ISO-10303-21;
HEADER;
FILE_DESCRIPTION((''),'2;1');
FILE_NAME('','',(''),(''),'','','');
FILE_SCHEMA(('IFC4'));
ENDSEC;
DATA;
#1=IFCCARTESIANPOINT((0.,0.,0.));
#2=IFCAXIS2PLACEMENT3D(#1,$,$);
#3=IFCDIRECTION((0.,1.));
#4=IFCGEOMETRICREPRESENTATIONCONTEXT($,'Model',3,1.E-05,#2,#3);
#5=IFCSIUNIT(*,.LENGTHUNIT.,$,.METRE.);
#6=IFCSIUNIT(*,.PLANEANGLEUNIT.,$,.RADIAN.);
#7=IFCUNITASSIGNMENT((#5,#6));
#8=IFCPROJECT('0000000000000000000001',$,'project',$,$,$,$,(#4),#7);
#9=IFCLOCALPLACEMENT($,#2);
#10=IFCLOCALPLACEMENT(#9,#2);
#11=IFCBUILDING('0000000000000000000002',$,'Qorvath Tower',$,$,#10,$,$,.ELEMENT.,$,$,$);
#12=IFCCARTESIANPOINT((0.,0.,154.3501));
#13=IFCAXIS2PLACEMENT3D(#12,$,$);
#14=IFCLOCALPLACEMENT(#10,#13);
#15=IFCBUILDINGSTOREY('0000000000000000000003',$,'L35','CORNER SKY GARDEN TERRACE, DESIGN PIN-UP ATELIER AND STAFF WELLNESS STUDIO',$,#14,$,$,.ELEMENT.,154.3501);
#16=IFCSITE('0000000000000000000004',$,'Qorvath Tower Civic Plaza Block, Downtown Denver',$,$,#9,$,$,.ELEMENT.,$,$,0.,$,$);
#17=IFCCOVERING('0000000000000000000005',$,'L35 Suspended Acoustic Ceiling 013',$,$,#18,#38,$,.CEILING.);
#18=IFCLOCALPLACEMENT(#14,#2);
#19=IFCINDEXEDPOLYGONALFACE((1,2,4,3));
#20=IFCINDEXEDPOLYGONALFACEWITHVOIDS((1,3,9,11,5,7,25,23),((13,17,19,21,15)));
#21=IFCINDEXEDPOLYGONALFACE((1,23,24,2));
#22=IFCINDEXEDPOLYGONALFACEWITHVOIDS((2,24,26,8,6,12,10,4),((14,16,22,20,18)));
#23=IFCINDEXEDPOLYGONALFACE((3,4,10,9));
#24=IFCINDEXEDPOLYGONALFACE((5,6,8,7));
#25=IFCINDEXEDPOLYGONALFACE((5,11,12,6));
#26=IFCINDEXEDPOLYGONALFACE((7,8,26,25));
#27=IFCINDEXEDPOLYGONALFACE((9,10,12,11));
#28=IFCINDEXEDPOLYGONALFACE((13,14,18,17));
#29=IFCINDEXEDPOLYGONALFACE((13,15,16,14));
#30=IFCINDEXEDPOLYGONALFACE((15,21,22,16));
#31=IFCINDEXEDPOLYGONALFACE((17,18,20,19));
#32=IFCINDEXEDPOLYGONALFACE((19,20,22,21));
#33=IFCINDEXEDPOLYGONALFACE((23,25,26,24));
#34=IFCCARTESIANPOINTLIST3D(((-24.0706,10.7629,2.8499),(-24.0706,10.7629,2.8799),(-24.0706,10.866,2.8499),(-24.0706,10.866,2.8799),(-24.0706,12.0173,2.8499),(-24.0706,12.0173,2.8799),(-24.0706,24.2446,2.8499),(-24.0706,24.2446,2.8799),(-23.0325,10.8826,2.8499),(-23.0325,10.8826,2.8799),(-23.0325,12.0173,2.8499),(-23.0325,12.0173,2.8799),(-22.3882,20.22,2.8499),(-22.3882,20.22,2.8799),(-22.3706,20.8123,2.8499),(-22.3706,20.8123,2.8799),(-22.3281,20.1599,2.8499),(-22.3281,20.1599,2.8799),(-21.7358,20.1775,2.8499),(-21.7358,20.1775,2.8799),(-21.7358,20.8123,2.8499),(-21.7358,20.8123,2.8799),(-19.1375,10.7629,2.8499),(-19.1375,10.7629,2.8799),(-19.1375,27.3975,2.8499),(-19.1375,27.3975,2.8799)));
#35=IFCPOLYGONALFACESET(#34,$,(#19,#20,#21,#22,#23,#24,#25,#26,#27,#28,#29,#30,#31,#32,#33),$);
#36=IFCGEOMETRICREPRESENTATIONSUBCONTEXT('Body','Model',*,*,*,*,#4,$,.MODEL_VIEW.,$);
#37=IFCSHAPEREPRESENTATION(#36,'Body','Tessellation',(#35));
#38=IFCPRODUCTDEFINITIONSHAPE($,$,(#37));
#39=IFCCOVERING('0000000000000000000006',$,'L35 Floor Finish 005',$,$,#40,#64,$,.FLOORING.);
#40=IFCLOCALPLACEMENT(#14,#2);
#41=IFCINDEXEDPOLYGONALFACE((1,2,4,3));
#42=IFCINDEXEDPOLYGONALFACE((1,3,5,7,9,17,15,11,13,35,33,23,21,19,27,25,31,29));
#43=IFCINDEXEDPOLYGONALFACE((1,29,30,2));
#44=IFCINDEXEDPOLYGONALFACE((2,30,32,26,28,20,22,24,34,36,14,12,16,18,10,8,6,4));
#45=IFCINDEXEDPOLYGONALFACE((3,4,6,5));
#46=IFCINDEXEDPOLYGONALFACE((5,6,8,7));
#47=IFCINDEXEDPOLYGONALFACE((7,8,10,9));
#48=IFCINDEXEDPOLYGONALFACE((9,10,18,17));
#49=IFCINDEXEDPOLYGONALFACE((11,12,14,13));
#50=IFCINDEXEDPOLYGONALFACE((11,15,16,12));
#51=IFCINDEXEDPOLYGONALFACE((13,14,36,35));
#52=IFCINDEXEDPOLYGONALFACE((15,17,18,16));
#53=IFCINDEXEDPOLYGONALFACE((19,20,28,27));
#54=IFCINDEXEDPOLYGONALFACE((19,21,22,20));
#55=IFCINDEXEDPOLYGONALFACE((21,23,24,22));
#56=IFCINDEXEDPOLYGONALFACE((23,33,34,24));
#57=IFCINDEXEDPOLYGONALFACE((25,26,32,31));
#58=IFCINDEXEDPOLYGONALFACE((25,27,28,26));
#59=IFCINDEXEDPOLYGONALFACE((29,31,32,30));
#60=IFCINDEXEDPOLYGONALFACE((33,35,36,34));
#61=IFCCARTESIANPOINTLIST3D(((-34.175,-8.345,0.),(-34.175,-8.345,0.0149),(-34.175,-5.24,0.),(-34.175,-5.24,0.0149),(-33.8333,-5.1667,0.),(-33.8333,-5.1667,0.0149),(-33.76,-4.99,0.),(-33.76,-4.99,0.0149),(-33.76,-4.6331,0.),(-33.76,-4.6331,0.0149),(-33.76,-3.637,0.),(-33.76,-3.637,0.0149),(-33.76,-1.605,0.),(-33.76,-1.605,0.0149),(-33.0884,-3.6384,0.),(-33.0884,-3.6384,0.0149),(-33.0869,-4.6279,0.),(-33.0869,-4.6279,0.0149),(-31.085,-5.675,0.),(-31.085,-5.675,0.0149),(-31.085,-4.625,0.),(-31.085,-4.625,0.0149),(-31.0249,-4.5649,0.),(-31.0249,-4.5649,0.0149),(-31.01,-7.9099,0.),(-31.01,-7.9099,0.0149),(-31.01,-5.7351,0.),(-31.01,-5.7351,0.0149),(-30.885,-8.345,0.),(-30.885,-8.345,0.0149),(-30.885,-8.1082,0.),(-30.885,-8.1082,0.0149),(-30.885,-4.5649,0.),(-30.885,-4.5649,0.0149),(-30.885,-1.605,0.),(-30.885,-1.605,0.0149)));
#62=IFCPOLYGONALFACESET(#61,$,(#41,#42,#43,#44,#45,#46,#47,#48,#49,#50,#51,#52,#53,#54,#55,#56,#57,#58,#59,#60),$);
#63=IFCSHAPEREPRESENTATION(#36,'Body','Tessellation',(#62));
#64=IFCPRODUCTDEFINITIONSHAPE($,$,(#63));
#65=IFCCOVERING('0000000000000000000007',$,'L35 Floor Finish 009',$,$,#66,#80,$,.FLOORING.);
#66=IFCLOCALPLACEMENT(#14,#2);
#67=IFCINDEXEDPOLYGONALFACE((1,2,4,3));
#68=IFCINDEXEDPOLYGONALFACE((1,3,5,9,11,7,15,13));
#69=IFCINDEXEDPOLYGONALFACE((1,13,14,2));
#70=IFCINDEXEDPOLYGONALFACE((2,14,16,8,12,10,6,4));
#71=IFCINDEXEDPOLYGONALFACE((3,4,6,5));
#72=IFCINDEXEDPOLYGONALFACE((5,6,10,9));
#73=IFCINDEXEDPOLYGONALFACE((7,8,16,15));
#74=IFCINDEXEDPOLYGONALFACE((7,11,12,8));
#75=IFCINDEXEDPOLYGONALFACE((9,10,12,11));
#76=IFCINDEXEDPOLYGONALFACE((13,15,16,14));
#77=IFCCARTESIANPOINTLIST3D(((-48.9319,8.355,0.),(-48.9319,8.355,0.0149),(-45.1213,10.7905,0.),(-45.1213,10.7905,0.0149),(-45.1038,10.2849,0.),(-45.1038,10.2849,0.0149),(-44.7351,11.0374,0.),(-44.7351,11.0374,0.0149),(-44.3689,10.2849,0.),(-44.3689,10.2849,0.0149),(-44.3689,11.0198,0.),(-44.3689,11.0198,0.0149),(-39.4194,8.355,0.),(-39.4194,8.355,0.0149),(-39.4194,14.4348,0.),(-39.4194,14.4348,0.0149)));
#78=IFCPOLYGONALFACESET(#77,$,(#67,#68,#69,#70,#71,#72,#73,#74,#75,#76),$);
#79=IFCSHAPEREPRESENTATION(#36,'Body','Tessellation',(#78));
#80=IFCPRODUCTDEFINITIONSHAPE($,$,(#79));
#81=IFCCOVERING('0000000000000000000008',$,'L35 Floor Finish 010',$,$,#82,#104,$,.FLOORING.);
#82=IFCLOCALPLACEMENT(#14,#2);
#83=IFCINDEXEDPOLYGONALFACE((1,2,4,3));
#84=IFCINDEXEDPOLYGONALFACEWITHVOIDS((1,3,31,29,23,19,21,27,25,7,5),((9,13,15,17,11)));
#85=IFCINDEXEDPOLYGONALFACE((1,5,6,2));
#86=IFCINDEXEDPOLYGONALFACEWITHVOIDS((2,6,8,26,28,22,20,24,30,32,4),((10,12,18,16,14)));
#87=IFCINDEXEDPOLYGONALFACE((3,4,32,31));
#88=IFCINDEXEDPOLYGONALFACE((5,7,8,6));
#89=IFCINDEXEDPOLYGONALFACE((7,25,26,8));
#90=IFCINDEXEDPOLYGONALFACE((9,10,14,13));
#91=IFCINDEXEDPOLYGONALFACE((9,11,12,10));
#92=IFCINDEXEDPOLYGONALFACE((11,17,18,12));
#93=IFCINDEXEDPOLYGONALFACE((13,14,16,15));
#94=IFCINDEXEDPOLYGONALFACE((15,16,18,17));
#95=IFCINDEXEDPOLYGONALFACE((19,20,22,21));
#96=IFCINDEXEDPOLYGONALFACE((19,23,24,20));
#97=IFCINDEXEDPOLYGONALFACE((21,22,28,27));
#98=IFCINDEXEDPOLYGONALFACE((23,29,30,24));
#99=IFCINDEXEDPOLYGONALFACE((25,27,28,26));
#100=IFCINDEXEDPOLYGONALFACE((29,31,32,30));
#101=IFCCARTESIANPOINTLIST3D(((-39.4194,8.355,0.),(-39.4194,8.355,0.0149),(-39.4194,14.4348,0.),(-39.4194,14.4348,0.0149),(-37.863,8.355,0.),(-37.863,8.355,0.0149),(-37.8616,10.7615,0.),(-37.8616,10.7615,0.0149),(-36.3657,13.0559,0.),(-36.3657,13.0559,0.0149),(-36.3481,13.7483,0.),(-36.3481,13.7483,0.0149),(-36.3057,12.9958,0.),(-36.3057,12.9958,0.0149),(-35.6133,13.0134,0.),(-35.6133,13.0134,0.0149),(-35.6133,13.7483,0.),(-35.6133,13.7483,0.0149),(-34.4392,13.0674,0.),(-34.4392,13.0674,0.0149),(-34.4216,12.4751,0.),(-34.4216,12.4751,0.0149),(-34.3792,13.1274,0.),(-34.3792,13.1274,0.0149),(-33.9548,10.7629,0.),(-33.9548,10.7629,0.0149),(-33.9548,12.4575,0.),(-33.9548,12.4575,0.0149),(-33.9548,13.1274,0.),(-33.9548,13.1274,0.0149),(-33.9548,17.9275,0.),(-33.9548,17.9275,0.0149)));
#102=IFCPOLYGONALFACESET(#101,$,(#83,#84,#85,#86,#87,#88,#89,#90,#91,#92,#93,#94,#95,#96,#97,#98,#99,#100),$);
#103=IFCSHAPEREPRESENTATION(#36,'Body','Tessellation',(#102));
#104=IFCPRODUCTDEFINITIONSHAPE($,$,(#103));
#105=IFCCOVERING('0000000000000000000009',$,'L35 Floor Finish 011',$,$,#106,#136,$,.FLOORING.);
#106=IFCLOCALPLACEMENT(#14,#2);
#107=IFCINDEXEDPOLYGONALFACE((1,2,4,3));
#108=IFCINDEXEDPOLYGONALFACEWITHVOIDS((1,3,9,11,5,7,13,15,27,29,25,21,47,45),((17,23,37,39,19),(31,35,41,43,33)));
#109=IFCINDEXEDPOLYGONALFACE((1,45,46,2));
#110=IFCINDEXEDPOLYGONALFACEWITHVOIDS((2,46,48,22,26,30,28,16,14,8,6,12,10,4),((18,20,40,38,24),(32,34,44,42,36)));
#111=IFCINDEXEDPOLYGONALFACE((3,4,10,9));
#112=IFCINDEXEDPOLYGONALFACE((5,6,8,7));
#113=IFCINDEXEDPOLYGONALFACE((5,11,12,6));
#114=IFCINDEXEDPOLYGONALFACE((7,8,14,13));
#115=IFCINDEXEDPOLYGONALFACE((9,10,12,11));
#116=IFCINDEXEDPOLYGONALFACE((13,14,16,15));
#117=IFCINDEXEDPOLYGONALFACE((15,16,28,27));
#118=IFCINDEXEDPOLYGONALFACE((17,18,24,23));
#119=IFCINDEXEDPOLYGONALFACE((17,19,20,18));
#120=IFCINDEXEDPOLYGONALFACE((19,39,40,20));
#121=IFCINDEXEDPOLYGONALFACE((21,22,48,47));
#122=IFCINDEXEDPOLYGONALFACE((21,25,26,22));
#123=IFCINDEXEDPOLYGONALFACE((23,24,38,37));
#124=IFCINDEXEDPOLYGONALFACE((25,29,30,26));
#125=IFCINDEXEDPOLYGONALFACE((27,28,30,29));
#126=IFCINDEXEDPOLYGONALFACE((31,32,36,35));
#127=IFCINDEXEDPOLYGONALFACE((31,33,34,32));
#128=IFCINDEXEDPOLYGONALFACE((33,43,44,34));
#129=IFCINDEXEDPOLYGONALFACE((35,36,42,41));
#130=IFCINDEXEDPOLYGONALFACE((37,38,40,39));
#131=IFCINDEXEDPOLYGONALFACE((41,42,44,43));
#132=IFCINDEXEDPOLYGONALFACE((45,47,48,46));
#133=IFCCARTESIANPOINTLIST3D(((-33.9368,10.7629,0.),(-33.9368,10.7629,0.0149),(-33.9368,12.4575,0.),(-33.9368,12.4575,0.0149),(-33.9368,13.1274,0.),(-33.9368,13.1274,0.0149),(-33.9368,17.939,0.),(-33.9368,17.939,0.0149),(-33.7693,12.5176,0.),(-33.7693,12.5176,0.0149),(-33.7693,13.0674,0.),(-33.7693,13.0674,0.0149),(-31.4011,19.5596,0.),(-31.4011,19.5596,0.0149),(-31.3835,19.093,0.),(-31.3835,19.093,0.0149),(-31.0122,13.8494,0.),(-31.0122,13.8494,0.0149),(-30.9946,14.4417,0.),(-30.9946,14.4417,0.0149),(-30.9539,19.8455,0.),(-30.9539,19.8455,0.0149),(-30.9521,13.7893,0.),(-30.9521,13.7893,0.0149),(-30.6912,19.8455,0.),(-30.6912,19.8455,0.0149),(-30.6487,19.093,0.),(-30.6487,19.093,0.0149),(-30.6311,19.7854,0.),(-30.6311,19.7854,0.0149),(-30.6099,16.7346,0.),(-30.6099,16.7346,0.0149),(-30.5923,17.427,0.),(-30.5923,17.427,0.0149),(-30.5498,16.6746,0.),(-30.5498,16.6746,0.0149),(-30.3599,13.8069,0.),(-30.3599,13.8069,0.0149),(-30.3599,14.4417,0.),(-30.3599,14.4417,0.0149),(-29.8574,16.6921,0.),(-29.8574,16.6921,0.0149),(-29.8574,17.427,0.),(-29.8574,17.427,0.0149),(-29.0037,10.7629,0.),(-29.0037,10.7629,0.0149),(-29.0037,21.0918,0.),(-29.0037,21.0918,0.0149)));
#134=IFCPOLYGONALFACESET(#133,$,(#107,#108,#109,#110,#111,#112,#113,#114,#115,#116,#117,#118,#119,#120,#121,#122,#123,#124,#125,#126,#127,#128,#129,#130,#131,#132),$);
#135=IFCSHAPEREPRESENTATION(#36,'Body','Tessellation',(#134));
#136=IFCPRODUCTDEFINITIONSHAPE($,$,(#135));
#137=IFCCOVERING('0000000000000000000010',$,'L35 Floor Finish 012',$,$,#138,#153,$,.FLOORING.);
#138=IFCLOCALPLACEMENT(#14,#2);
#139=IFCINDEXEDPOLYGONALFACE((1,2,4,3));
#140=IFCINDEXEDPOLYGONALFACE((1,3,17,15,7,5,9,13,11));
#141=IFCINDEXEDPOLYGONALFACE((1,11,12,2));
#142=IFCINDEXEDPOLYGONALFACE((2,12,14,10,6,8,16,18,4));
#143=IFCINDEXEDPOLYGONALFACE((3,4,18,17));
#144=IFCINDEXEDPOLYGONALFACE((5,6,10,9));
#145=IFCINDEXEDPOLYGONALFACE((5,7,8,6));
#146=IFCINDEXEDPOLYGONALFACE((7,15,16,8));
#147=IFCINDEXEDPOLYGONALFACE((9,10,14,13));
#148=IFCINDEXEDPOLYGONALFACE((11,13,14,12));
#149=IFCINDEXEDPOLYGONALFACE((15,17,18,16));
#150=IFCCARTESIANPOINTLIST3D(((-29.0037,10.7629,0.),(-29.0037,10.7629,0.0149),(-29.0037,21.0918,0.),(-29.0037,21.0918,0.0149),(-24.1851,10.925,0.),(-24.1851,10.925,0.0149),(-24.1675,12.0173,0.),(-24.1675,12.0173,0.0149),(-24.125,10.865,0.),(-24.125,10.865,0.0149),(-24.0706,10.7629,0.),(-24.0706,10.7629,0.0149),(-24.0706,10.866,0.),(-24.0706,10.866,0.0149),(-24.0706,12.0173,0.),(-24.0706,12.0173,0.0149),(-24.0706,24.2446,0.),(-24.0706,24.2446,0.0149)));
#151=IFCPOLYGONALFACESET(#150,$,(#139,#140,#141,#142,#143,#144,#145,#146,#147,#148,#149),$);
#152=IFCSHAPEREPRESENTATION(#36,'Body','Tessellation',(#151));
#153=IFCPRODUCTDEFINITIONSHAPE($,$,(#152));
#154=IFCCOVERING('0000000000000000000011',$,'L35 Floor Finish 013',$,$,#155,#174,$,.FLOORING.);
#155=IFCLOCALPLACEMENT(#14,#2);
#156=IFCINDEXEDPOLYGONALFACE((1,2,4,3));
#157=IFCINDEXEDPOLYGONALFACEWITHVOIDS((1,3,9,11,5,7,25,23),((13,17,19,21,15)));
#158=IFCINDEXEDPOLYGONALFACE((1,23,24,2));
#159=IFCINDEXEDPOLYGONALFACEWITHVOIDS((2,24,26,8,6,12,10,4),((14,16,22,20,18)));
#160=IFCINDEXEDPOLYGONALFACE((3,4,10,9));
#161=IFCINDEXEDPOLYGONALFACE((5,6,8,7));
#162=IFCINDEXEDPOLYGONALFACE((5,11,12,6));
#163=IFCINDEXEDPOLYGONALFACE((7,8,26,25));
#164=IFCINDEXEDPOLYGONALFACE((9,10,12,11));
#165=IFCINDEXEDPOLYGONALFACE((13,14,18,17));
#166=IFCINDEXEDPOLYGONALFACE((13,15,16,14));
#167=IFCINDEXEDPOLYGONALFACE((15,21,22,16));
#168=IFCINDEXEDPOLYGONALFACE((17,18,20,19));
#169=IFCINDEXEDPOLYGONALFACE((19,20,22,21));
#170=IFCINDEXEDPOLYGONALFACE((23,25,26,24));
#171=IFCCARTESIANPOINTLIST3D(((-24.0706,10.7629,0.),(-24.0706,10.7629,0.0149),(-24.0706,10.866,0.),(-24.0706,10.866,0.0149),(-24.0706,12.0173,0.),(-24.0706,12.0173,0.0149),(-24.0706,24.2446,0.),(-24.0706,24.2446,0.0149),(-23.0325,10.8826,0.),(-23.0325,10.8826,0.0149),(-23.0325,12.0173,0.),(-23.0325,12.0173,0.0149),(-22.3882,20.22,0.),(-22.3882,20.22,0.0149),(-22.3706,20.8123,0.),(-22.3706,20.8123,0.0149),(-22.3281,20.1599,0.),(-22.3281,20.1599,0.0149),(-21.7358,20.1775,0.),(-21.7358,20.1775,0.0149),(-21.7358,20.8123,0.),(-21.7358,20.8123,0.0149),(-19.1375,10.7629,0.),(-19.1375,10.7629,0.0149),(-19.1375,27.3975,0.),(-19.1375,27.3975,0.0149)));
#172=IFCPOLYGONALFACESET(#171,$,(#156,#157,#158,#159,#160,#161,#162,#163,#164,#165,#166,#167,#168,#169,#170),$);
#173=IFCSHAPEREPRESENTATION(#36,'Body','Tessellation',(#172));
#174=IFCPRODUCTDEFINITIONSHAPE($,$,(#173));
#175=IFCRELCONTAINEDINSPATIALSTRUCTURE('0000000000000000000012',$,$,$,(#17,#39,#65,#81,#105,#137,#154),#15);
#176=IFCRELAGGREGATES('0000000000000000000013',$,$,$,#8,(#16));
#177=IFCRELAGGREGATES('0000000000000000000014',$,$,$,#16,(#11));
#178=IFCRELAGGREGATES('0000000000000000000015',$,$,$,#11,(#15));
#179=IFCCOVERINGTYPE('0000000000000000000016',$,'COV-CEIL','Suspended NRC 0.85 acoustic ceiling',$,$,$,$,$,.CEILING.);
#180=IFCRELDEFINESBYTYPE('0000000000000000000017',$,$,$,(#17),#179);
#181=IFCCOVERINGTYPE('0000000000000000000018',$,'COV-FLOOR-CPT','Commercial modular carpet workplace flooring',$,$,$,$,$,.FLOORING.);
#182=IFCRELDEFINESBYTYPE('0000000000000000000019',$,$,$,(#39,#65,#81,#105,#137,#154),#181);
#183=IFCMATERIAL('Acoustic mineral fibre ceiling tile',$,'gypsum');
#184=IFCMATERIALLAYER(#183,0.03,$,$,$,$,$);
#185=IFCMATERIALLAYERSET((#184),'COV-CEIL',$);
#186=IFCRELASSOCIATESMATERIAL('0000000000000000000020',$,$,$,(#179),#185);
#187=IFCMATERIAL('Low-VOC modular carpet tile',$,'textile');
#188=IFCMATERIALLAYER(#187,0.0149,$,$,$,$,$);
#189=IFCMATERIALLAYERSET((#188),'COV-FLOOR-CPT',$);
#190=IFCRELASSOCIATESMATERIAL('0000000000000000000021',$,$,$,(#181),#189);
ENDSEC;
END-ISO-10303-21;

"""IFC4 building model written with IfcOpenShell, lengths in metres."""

from ifc_helpers import new_model, si_unit, direction, frame, origin, place, context, subcontext, project, spatial, polyline, outline, extrude, material, layer, layer_set, type_object, element, save


model = new_model("IFC4")

# Units and contexts
model_context = context("Model", 3, precision=1e-05, world=origin(), true_north=direction((0.0, 1.0)))
body_context = subcontext(model_context, "Body", "Model", "MODEL_VIEW")
ifc_project = project(units=[si_unit("LENGTHUNIT", "METRE"), si_unit("PLANEANGLEUNIT", "RADIAN")], contexts=[model_context])

# Site, building, storey
site_placement = place(None, origin())
site = spatial("IfcSite", under=ifc_project, at=site_placement, Name="Qorvath Tower Civic Plaza Block, Downtown Denver", CompositionType="ELEMENT", RefElevation=0.0)
building_placement = place(site_placement, origin())
building = spatial("IfcBuilding", under=site, at=building_placement, Name="Qorvath Tower", CompositionType="ELEMENT")
storey_placement = place(building_placement, frame((0.0, 0.0, 154.3501)))
storey = spatial("IfcBuildingStorey", under=building, at=storey_placement, Name="L35", Description="CORNER SKY GARDEN TERRACE, DESIGN PIN-UP ATELIER AND STAFF WELLNESS STUDIO", CompositionType="ELEMENT", Elevation=154.3501)

# Coverings
ifc_material_1 = material(Name="Acoustic mineral fibre ceiling tile", Category="gypsum")
ifc_layer_1 = layer(ifc_material_1, 0.03)
ifc_layer_set_1 = layer_set([ifc_layer_1], Name="COV-CEIL")
covering_type_1 = type_object("IfcCoveringType", Name="COV-CEIL", Description="Suspended NRC 0.85 acoustic ceiling", PredefinedType="CEILING", material=ifc_layer_set_1)
covering_1_placement = place(storey_placement, frame((0.0, 0.0, 2.8499)))
element("IfcCovering", 1, at=covering_1_placement, inside=storey, type_object=covering_type_1, Name="L35 Suspended Acoustic Ceiling 013", PredefinedType="CEILING", context=body_context, shape_type="SweptSolid", body=[
    extrude(outline(polyline([(-19.1375, 10.7629), (-19.1375, 27.3975), (-24.0706, 24.2446), (-24.0706, 12.0173), (-23.0325, 12.0173), (-23.0325, 10.8826), (-24.0706, 10.866), (-24.0706, 10.7629), (-19.1375, 10.7629)]), holes=[polyline([(-22.3882, 20.22), (-22.3706, 20.8123), (-21.7358, 20.8123), (-21.7358, 20.1775), (-22.3281, 20.1599), (-22.3882, 20.22)])]), origin(), (0.0, 0.0, 1.0), 0.03),
])
ifc_material_2 = material(Name="Low-VOC modular carpet tile", Category="textile")
ifc_layer_2 = layer(ifc_material_2, 0.0149)
ifc_layer_set_2 = layer_set([ifc_layer_2], Name="COV-FLOOR-CPT")
covering_type_2 = type_object("IfcCoveringType", Name="COV-FLOOR-CPT", Description="Commercial modular carpet workplace flooring", PredefinedType="FLOORING", material=ifc_layer_set_2)
covering_2_placement = place(storey_placement, origin())
element("IfcCovering", 2, at=covering_2_placement, inside=storey, type_object=covering_type_2, Name="L35 Floor Finish 005", PredefinedType="FLOORING", context=body_context, shape_type="SweptSolid", body=[
    extrude(outline(polyline([(-30.885, -1.605), (-33.76, -1.605), (-33.76, -3.637), (-33.0884, -3.6384), (-33.0869, -4.6279), (-33.76, -4.6331), (-33.76, -4.99), (-33.8333, -5.1667), (-34.175, -5.24), (-34.175, -8.345), (-30.885, -8.345), (-30.885, -8.1082), (-31.01, -7.9099), (-31.01, -5.7351), (-31.085, -5.675), (-31.085, -4.625), (-31.0249, -4.5649), (-30.885, -4.5649), (-30.885, -1.605)])), origin(), (0.0, 0.0, 1.0), 0.0149),
])
covering_3_placement = place(storey_placement, origin())
element("IfcCovering", 3, at=covering_3_placement, inside=storey, type_object=covering_type_2, Name="L35 Floor Finish 009", PredefinedType="FLOORING", context=body_context, shape_type="SweptSolid", body=[
    extrude(outline(polyline([(-39.4194, 8.355), (-39.4194, 14.4348), (-44.7351, 11.0374), (-44.3689, 11.0198), (-44.3689, 10.2849), (-45.1038, 10.2849), (-45.1213, 10.7905), (-48.9319, 8.355), (-39.4194, 8.355)])), origin(), (0.0, 0.0, 1.0), 0.0149),
])
covering_4_placement = place(storey_placement, origin())
element("IfcCovering", 4, at=covering_4_placement, inside=storey, type_object=covering_type_2, Name="L35 Floor Finish 010", PredefinedType="FLOORING", context=body_context, shape_type="SweptSolid", body=[
    extrude(outline(polyline([(-33.9548, 13.1274), (-33.9548, 17.9275), (-39.4194, 14.4348), (-39.4194, 8.355), (-37.863, 8.355), (-37.8616, 10.7615), (-33.9548, 10.7629), (-33.9548, 12.4575), (-34.4216, 12.4751), (-34.4392, 13.0674), (-34.3792, 13.1274), (-33.9548, 13.1274)]), holes=[polyline([(-36.3657, 13.0559), (-36.3481, 13.7483), (-35.6133, 13.7483), (-35.6133, 13.0134), (-36.3057, 12.9958), (-36.3657, 13.0559)])]), origin(), (0.0, 0.0, 1.0), 0.0149),
])
covering_5_placement = place(storey_placement, origin())
element("IfcCovering", 5, at=covering_5_placement, inside=storey, type_object=covering_type_2, Name="L35 Floor Finish 011", PredefinedType="FLOORING", context=body_context, shape_type="SweptSolid", body=[
    extrude(outline(polyline([(-29.0037, 10.7629), (-29.0037, 21.0918), (-30.9539, 19.8455), (-30.6912, 19.8455), (-30.6311, 19.7854), (-30.6487, 19.093), (-31.3835, 19.093), (-31.4011, 19.5596), (-33.9368, 17.939), (-33.9368, 13.1274), (-33.7693, 13.0674), (-33.7693, 12.5176), (-33.9368, 12.4575), (-33.9368, 10.7629), (-29.0037, 10.7629)]), holes=[polyline([(-30.6099, 16.7346), (-30.5923, 17.427), (-29.8574, 17.427), (-29.8574, 16.6921), (-30.5498, 16.6746), (-30.6099, 16.7346)]), polyline([(-31.0122, 13.8494), (-30.9946, 14.4417), (-30.3599, 14.4417), (-30.3599, 13.8069), (-30.9521, 13.7893), (-31.0122, 13.8494)])]), origin(), (0.0, 0.0, 1.0), 0.0149),
])
covering_6_placement = place(storey_placement, origin())
element("IfcCovering", 6, at=covering_6_placement, inside=storey, type_object=covering_type_2, Name="L35 Floor Finish 012", PredefinedType="FLOORING", context=body_context, shape_type="SweptSolid", body=[
    extrude(outline(polyline([(-24.0706, 10.7629), (-24.0706, 10.866), (-24.125, 10.865), (-24.1851, 10.925), (-24.1675, 12.0173), (-24.0706, 12.0173), (-24.0706, 24.2446), (-29.0037, 21.0918), (-29.0037, 10.7629), (-24.0706, 10.7629)])), origin(), (0.0, 0.0, 1.0), 0.0149),
])
covering_7_placement = place(storey_placement, origin())
element("IfcCovering", 7, at=covering_7_placement, inside=storey, type_object=covering_type_2, Name="L35 Floor Finish 013", PredefinedType="FLOORING", context=body_context, shape_type="SweptSolid", body=[
    extrude(outline(polyline([(-19.1375, 10.7629), (-19.1375, 27.3975), (-24.0706, 24.2446), (-24.0706, 12.0173), (-23.0325, 12.0173), (-23.0325, 10.8826), (-24.0706, 10.866), (-24.0706, 10.7629), (-19.1375, 10.7629)]), holes=[polyline([(-22.3882, 20.22), (-22.3706, 20.8123), (-21.7358, 20.8123), (-21.7358, 20.1775), (-22.3281, 20.1599), (-22.3882, 20.22)])]), origin(), (0.0, 0.0, 1.0), 0.0149),
])

save(model, "model.ifc")
